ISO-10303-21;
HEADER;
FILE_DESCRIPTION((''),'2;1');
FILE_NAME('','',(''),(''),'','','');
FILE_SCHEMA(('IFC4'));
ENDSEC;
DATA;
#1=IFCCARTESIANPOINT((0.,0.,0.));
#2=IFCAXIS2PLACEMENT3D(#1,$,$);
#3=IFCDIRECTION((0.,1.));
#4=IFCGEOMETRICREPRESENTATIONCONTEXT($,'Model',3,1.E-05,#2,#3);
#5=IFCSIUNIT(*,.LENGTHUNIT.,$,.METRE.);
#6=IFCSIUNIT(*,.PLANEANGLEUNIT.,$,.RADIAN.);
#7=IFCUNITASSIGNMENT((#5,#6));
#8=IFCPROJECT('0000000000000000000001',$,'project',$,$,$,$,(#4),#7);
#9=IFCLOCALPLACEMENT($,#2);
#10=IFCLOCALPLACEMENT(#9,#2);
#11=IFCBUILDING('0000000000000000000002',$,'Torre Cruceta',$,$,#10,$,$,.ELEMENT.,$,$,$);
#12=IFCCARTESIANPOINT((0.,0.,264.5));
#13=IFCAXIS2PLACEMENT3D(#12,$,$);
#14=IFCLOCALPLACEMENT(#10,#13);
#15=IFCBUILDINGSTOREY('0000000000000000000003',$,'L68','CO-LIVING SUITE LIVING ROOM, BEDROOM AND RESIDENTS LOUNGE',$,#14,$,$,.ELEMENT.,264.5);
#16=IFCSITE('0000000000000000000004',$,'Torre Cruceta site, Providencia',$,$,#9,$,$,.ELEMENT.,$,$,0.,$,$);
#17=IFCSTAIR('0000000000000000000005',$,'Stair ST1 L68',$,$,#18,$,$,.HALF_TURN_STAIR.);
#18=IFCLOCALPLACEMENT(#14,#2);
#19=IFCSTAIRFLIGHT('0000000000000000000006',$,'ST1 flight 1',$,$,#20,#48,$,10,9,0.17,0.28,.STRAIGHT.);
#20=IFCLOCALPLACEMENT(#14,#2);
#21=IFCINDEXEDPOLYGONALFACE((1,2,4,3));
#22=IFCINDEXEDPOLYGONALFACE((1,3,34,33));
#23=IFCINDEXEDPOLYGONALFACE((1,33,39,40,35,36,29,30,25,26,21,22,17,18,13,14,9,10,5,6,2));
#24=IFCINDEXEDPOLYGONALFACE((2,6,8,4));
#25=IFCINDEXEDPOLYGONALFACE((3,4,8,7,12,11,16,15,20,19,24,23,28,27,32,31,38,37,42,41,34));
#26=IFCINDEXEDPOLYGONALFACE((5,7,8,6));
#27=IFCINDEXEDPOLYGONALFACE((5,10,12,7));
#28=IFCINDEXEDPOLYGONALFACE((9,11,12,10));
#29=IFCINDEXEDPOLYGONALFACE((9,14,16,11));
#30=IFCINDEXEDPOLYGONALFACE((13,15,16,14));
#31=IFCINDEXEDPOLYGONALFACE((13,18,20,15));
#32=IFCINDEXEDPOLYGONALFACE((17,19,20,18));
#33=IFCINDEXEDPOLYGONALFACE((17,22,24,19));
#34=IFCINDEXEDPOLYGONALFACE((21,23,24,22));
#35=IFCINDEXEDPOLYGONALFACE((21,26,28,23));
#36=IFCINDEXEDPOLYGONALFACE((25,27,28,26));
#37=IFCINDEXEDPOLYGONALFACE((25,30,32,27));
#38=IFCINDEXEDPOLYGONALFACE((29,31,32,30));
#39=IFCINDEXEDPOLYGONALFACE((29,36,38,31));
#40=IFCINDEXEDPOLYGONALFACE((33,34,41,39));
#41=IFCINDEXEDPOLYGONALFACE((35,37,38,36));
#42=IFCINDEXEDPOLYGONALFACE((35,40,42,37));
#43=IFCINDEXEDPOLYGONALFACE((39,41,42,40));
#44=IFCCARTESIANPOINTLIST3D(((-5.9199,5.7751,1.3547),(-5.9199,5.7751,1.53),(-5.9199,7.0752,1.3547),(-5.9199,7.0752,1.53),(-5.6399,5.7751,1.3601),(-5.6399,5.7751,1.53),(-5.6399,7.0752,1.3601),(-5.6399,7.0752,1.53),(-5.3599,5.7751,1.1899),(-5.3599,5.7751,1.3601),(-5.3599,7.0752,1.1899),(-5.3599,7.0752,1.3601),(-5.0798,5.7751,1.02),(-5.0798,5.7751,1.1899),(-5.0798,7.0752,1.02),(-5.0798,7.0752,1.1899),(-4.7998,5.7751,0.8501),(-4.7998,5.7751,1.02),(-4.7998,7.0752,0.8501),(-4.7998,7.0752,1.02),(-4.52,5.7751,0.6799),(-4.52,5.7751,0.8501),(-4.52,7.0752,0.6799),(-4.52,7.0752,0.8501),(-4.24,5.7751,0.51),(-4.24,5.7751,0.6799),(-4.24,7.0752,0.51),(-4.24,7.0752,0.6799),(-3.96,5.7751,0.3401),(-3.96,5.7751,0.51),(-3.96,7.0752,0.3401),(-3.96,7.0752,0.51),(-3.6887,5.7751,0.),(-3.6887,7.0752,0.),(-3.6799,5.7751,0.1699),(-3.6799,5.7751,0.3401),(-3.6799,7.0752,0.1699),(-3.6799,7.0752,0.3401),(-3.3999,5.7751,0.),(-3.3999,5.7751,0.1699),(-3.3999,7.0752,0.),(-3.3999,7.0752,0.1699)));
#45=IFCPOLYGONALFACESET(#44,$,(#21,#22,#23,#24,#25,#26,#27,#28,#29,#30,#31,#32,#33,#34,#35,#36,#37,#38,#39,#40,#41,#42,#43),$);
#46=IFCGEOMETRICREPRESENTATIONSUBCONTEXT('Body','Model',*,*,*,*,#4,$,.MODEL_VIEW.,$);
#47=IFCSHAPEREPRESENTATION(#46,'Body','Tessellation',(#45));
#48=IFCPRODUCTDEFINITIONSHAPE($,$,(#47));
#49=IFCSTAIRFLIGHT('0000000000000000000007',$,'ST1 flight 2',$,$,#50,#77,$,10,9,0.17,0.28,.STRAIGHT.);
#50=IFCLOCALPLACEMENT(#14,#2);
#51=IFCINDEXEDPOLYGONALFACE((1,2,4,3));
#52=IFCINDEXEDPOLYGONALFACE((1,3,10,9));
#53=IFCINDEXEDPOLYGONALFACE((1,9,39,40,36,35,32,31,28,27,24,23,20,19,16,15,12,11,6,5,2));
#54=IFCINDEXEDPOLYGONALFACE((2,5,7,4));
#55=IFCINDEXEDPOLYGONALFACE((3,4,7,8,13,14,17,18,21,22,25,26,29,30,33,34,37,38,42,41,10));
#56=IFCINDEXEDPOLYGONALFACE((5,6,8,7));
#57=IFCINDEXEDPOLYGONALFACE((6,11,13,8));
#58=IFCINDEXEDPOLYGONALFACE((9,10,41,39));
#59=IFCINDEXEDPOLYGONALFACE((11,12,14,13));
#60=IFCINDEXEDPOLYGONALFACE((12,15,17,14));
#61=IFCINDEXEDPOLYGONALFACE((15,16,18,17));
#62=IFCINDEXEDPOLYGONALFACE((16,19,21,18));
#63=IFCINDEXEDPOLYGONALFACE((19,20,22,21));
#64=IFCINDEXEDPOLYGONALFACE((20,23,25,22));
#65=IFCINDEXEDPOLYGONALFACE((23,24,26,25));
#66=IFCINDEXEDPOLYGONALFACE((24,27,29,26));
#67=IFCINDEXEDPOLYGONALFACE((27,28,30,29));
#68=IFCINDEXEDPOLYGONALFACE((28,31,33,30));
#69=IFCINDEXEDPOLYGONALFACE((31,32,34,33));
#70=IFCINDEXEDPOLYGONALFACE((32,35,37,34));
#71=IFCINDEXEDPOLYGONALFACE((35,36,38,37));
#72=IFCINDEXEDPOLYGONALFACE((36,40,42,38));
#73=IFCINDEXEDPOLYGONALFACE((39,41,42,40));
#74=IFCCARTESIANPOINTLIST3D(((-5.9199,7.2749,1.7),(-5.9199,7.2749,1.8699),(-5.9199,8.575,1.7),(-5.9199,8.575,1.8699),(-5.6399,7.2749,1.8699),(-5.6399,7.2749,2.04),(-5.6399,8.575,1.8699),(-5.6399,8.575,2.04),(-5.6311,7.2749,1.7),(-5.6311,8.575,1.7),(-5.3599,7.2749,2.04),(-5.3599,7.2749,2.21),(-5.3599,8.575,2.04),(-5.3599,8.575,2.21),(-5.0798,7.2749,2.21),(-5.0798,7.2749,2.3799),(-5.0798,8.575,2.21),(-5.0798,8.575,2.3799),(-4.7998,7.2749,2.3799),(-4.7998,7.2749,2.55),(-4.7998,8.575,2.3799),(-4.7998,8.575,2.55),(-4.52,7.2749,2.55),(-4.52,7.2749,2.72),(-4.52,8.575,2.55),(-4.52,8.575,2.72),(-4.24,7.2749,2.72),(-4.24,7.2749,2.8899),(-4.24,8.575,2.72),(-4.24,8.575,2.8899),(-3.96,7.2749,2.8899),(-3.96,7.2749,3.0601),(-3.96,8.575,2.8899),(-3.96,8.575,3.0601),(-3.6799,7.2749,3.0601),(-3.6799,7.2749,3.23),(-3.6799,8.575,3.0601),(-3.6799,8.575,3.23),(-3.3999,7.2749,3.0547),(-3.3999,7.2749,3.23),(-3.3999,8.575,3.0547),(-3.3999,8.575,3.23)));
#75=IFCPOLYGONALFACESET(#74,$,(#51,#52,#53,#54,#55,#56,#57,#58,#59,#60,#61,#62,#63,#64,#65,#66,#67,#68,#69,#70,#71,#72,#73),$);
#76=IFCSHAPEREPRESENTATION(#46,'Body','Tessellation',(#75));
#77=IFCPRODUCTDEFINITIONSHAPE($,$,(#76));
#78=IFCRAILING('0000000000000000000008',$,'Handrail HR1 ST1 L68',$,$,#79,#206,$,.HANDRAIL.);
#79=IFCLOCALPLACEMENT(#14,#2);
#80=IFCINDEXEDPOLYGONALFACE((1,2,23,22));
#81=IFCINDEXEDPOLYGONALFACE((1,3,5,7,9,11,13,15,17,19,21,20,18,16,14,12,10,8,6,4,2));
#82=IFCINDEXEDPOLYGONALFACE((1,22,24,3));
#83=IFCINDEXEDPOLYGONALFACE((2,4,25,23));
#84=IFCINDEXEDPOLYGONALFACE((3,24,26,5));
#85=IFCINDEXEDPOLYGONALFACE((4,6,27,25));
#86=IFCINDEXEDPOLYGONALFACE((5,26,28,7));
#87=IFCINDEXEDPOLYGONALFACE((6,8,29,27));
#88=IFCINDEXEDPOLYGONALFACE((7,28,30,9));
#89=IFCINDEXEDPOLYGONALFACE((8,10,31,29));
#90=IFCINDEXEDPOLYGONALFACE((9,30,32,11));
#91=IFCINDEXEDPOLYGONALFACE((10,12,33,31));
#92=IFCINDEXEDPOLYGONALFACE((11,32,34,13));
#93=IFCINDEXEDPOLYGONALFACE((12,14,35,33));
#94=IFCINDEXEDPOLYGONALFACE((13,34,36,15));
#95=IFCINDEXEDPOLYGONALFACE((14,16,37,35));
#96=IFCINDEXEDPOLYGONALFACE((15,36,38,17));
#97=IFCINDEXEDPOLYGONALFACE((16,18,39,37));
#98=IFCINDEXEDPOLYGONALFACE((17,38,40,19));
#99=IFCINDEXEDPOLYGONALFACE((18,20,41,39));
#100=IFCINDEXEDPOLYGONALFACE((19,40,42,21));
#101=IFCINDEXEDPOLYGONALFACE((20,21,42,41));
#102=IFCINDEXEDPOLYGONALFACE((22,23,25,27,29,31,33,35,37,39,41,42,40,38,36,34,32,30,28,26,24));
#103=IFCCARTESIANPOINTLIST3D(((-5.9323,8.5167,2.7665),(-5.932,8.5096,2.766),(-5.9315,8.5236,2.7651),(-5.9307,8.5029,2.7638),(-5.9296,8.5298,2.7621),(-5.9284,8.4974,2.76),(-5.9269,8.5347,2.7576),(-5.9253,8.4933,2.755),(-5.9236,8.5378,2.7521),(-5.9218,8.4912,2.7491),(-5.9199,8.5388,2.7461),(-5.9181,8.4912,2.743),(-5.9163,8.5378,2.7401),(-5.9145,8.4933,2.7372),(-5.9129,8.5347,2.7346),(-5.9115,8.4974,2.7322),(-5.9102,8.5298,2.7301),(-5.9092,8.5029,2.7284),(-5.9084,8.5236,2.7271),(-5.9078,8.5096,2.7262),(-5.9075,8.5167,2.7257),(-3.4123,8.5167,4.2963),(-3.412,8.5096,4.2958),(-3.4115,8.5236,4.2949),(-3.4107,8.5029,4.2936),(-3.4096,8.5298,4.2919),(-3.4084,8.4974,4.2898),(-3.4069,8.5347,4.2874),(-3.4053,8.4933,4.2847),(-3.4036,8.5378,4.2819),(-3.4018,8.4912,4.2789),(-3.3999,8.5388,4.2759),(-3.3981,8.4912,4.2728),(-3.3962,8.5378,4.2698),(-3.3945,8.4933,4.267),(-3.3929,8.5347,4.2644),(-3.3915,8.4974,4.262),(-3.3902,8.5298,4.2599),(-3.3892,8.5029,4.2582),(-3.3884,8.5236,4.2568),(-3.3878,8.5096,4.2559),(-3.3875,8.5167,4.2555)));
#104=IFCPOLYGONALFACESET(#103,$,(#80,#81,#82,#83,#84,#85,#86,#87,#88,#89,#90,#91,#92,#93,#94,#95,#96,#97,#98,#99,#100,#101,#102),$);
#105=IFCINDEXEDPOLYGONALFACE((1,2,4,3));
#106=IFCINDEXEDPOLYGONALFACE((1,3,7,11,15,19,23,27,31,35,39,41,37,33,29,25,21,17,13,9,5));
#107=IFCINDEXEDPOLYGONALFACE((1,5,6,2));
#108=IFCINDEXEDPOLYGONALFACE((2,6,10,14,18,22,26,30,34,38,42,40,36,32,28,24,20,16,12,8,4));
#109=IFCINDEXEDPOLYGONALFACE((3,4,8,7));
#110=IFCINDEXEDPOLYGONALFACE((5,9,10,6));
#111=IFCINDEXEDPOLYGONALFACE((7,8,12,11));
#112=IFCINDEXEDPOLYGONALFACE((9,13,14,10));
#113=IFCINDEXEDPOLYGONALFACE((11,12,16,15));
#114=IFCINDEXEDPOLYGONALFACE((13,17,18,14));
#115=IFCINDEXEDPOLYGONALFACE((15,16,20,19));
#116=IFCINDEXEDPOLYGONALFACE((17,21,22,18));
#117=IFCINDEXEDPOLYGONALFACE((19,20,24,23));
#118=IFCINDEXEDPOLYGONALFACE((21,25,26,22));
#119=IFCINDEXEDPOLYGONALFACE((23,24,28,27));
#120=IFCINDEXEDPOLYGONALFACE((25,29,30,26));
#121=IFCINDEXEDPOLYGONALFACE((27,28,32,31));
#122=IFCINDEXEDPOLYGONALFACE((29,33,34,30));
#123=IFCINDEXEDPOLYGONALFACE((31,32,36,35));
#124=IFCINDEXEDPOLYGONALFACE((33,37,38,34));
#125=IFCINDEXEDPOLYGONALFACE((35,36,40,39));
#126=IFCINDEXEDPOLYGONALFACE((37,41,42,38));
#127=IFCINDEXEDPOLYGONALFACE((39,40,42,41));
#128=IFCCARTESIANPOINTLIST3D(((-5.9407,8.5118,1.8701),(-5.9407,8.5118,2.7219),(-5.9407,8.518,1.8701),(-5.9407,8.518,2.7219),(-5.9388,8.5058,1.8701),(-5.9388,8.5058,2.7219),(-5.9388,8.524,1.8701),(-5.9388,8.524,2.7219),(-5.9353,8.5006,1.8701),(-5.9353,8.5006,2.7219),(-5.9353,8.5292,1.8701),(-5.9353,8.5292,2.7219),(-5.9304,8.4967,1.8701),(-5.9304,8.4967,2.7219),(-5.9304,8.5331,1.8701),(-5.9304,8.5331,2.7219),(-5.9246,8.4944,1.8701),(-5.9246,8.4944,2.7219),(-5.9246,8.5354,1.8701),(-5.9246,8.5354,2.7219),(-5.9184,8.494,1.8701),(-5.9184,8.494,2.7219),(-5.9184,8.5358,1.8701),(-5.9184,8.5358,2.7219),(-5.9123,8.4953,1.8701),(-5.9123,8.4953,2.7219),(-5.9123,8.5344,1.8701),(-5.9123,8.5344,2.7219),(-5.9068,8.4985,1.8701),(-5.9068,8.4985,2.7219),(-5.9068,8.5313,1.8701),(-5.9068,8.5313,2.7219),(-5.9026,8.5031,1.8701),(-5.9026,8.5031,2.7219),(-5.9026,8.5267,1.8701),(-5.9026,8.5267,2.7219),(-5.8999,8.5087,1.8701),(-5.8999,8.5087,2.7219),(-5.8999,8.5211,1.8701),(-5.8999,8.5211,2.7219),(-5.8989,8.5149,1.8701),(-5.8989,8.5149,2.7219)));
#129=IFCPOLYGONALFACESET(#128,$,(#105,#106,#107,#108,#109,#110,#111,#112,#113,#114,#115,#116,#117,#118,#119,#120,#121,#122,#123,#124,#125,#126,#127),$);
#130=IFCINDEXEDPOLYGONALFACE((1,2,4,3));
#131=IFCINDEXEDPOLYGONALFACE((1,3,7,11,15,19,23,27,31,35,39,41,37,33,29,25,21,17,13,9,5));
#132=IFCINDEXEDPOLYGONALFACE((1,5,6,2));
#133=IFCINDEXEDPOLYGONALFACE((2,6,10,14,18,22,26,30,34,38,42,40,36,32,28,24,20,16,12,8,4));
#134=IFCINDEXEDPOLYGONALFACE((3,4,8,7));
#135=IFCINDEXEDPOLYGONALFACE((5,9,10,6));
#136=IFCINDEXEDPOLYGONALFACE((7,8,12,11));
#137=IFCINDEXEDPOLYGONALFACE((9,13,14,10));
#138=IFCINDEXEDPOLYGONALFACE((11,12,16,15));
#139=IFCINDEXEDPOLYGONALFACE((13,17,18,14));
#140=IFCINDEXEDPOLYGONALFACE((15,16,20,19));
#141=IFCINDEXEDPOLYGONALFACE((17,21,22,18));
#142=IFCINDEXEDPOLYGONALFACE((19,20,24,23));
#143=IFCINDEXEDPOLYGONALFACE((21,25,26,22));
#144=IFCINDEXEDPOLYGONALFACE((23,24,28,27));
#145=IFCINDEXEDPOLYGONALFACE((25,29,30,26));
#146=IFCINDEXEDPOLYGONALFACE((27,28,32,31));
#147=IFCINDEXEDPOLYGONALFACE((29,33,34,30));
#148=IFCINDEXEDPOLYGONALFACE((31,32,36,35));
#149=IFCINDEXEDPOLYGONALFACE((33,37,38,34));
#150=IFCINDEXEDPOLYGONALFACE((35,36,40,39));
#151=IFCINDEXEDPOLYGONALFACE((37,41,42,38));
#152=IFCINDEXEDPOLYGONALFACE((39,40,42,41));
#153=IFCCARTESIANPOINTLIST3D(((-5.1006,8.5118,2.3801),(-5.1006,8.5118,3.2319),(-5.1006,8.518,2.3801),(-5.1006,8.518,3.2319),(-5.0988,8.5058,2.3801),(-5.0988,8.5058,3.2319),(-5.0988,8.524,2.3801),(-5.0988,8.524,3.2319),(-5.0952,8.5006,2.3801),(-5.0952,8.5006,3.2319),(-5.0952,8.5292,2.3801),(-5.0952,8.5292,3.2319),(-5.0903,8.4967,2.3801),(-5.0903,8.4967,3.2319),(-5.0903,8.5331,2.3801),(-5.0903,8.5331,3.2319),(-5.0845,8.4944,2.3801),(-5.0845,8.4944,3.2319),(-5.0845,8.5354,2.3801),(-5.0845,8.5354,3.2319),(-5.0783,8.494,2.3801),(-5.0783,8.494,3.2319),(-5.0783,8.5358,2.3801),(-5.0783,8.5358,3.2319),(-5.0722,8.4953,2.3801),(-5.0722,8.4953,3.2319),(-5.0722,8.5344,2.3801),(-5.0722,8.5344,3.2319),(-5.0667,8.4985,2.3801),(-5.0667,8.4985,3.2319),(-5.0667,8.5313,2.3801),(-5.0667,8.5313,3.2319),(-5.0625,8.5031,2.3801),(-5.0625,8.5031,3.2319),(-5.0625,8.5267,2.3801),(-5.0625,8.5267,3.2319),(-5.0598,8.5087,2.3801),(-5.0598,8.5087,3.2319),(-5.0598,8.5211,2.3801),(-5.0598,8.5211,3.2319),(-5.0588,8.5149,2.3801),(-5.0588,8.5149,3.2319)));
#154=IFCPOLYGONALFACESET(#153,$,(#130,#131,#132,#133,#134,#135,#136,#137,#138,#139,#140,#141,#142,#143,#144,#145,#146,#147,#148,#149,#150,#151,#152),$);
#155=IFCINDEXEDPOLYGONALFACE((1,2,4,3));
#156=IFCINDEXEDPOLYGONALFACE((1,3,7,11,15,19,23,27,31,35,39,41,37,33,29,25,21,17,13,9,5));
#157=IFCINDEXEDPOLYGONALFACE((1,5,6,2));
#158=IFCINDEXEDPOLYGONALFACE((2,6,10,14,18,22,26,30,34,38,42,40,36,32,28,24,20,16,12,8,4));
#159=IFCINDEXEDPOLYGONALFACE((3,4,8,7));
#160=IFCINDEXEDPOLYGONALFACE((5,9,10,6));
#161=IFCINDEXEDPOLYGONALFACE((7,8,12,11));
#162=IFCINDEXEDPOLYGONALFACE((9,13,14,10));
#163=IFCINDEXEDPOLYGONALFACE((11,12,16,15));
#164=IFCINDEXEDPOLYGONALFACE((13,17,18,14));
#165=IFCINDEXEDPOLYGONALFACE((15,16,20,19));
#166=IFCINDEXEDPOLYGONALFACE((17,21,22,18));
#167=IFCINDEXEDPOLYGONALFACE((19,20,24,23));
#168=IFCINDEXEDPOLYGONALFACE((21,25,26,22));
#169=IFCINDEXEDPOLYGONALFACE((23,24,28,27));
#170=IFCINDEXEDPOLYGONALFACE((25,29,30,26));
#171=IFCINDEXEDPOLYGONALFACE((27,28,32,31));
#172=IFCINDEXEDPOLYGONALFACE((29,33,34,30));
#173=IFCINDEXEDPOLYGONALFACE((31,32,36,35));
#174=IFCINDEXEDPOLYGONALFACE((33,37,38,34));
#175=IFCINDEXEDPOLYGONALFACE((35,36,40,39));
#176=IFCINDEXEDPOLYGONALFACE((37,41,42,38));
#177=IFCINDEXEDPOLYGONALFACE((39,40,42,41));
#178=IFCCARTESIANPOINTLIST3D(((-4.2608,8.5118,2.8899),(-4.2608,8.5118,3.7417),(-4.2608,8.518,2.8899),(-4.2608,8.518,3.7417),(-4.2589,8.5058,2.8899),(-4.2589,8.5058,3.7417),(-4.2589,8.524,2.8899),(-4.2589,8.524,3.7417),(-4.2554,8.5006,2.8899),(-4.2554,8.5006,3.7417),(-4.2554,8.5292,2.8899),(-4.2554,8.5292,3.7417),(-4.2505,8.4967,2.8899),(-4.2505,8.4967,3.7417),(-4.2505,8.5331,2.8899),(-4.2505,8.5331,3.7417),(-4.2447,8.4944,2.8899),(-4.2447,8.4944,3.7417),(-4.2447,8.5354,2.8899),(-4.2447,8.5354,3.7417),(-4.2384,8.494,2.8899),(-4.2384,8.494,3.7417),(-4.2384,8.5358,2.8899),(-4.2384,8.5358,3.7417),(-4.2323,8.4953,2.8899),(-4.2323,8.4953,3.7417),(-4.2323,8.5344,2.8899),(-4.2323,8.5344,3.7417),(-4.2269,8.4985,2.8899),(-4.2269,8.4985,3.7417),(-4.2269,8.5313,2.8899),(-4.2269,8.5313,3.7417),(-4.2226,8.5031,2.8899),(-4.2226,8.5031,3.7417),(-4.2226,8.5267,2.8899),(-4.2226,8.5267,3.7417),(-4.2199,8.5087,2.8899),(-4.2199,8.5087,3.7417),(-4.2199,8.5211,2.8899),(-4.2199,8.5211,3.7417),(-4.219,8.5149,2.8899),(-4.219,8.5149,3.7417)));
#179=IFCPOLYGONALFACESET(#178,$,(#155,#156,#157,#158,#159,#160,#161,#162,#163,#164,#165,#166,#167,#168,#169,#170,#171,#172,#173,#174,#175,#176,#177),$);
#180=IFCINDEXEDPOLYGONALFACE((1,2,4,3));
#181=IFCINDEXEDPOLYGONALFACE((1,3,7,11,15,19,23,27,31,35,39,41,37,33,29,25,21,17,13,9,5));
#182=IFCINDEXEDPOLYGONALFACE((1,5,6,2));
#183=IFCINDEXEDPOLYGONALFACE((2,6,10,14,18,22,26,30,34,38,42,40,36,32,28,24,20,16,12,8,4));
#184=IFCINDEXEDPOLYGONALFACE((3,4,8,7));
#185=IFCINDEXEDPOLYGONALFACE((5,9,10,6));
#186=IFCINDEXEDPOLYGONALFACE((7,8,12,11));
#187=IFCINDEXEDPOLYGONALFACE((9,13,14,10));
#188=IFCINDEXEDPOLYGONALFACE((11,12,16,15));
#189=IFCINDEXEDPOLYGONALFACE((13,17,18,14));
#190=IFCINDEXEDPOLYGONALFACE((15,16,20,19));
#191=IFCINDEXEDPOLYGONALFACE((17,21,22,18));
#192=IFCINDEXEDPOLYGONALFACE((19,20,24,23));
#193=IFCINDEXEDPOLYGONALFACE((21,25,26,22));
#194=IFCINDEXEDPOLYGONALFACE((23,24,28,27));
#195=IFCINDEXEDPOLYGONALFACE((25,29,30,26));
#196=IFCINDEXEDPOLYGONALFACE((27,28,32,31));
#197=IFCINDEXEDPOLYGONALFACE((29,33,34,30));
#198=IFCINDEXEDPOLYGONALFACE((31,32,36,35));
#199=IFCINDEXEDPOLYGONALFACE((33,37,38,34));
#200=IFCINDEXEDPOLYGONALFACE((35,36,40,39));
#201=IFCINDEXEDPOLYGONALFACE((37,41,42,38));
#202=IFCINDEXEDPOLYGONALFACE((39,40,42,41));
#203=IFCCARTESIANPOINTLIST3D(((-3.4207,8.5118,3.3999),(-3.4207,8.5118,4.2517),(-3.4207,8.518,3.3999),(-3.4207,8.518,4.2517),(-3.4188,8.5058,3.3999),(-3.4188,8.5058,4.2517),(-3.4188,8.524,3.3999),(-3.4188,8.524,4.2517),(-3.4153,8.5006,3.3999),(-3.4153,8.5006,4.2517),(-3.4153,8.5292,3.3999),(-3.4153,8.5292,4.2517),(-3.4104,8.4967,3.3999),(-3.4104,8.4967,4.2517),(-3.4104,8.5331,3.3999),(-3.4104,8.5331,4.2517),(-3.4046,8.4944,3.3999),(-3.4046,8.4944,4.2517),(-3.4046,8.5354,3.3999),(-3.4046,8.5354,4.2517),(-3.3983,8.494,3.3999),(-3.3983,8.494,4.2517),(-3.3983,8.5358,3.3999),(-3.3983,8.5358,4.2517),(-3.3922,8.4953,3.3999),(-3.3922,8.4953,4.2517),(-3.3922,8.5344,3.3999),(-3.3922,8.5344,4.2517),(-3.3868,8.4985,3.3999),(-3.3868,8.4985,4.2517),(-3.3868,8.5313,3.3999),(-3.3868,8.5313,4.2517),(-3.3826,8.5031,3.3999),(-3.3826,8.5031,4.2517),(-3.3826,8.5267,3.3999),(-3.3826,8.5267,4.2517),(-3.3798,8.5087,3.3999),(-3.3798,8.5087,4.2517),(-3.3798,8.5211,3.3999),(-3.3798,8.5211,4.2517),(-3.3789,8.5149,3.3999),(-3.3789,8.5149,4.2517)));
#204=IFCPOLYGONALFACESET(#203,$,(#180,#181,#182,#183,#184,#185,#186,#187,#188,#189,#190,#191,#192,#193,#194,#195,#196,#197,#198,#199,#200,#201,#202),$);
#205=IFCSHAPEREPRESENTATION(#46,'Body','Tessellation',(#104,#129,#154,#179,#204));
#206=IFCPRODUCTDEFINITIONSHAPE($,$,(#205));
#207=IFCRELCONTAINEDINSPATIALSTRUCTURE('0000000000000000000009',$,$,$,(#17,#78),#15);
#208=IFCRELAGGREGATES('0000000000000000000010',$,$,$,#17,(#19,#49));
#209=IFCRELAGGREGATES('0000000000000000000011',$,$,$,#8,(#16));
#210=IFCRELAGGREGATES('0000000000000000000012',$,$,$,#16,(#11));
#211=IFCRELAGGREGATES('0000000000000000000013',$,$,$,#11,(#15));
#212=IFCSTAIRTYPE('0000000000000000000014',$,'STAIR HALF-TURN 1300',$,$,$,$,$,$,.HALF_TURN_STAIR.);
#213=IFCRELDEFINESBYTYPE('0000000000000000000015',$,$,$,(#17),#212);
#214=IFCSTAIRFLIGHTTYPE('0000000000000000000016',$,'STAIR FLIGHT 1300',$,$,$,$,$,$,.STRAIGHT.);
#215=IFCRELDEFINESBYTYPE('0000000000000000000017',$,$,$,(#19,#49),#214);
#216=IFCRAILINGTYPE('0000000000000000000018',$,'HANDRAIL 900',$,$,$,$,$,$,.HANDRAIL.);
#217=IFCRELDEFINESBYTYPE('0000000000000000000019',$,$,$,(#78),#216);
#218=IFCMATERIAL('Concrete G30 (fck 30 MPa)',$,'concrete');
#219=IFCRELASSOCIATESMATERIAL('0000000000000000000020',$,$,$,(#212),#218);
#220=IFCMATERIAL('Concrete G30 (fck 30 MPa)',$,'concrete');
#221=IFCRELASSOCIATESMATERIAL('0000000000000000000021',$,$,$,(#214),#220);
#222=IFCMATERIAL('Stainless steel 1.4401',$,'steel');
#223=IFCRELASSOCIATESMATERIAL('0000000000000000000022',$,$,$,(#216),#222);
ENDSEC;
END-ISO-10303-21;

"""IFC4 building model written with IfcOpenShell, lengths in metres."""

from ifc_helpers import new_model, si_unit, direction, frame, origin, origin_2d, place, context, subcontext, project, spatial, polyline, circle, outline, extrude, material, type_object, element, aggregate, save


model = new_model("IFC4")

# Units and contexts
model_context = context("Model", 3, precision=1e-05, world=origin(), true_north=direction((0.0, 1.0)))
body_context = subcontext(model_context, "Body", "Model", "MODEL_VIEW")
ifc_project = project(units=[si_unit("LENGTHUNIT", "METRE"), si_unit("PLANEANGLEUNIT", "RADIAN")], contexts=[model_context])

# Site, building, storey
site_placement = place(None, origin())
site = spatial("IfcSite", under=ifc_project, at=site_placement, Name="Torre Cruceta site, Providencia", CompositionType="ELEMENT", RefElevation=0.0)
building_placement = place(site_placement, origin())
building = spatial("IfcBuilding", under=site, at=building_placement, Name="Torre Cruceta", CompositionType="ELEMENT")
storey_placement = place(building_placement, frame((0.0, 0.0, 264.5)))
storey = spatial("IfcBuildingStorey", under=building, at=storey_placement, Name="L68", Description="CO-LIVING SUITE LIVING ROOM, BEDROOM AND RESIDENTS LOUNGE", CompositionType="ELEMENT", Elevation=264.5)

# Stair
ifc_material_1 = material(Name="Concrete G30 (fck 30 MPa)", Category="concrete")
stair_type = type_object("IfcStairType", Name="STAIR HALF-TURN 1300", PredefinedType="HALF_TURN_STAIR", material=ifc_material_1)
stair_placement = place(storey_placement, origin())
stair = element("IfcStair", 1, at=stair_placement, inside=storey, type_object=stair_type, Name="Stair ST1 L68", PredefinedType="HALF_TURN_STAIR")

# Stair flights
ifc_material_2 = material(Name="Concrete G30 (fck 30 MPa)", Category="concrete")
stair_flight_type = type_object("IfcStairFlightType", Name="STAIR FLIGHT 1300", PredefinedType="STRAIGHT", material=ifc_material_2)
stair_flight_1_placement = place(storey_placement, frame((-3.3999, 6.425, 0.0), z_axis=(0.0, 0.0, 1.0), x_axis=(-1.0, 0.0, 0.0)))
stair_flight_1 = element("IfcStairFlight", 2, at=stair_flight_1_placement, type_object=stair_flight_type, Name="ST1 flight 1", NumberOfRisers=10, NumberOfTreads=9, PredefinedType="STRAIGHT", RiserHeight=0.17, TreadLength=0.28, context=body_context, shape_type="SweptSolid", body=[
    extrude(outline(polyline([(0.0, 0.0), (0.0, 0.1699), (0.28, 0.1699), (0.28, 0.3401), (0.5601, 0.3401), (0.5601, 0.51), (0.8401, 0.51), (0.8401, 0.6799), (1.1201, 0.6799), (1.1201, 0.8501), (1.3999, 0.8501), (1.3999, 1.02), (1.6799, 1.02), (1.6799, 1.1899), (1.96, 1.1899), (1.96, 1.3601), (2.24, 1.3601), (2.24, 1.53), (2.52, 1.53), (2.52, 1.7), (2.52, 1.3547), (0.2888, 0.0), (0.0, 0.0)])), frame((0.0, 0.6499, 0.0), z_axis=(0.0, -1.0, 0.0), x_axis=(1.0, 0.0, 0.0)), (0.0, 0.0, 1.0), 1.3),
])
stair_flight_2_placement = place(storey_placement, frame((-5.9199, 7.925, 1.7), z_axis=(0.0, 0.0, 1.0), x_axis=(1.0, 0.0, 0.0)))
stair_flight_2 = element("IfcStairFlight", 3, at=stair_flight_2_placement, type_object=stair_flight_type, Name="ST1 flight 2", NumberOfRisers=10, NumberOfTreads=9, PredefinedType="STRAIGHT", RiserHeight=0.17, TreadLength=0.28, context=body_context, shape_type="SweptSolid", body=[
    extrude(outline(polyline([(0.0, 0.0), (0.0, 0.1699), (0.28, 0.1699), (0.28, 0.3401), (0.5601, 0.3401), (0.5601, 0.51), (0.8401, 0.51), (0.8401, 0.6799), (1.1201, 0.6799), (1.1201, 0.8501), (1.3999, 0.8501), (1.3999, 1.02), (1.6799, 1.02), (1.6799, 1.1899), (1.96, 1.1899), (1.96, 1.3601), (2.24, 1.3601), (2.24, 1.53), (2.52, 1.53), (2.52, 1.7), (2.52, 1.3547), (0.2888, 0.0), (0.0, 0.0)])), frame((0.0, 0.6499, 0.0), z_axis=(0.0, -1.0, 0.0), x_axis=(1.0, 0.0, 0.0)), (0.0, 0.0, 1.0), 1.3),
])
aggregate(stair, [stair_flight_1, stair_flight_2])

# Railing
ifc_material_3 = material(Name="Stainless steel 1.4401", Category="steel")
railing_type = type_object("IfcRailingType", Name="HANDRAIL 900", PredefinedType="HANDRAIL", material=ifc_material_3)
railing_1_placement = place(storey_placement, frame((-5.9199, 8.5149, 1.8701)))
element("IfcRailing", 4, at=railing_1_placement, inside=storey, type_object=railing_type, Name="Handrail HR1 ST1 L68", PredefinedType="HANDRAIL", context=body_context, shape_type="SweptSolid", body=[
    extrude(circle(Radius=0.0239, at=origin_2d()), frame((0.0, 0.0, 0.876), z_axis=(0.854822, 0.0, 0.518922), x_axis=(0.0, 1.0, 0.0)), (0.0, 0.0, 1.0), 2.948),
    extrude(circle(Radius=0.021, at=origin_2d()), origin(), (0.0, 0.0, 1.0), 0.8518),
    extrude(circle(Radius=0.021, at=origin_2d()), frame((0.8401, 0.0, 0.51)), (0.0, 0.0, 1.0), 0.8518),
    extrude(circle(Radius=0.021, at=origin_2d()), frame((1.6799, 0.0, 1.0198)), (0.0, 0.0, 1.0), 0.8518),
    extrude(circle(Radius=0.021, at=origin_2d()), frame((2.52, 0.0, 1.5298)), (0.0, 0.0, 1.0), 0.8518),
])

save(model, "model.ifc")
